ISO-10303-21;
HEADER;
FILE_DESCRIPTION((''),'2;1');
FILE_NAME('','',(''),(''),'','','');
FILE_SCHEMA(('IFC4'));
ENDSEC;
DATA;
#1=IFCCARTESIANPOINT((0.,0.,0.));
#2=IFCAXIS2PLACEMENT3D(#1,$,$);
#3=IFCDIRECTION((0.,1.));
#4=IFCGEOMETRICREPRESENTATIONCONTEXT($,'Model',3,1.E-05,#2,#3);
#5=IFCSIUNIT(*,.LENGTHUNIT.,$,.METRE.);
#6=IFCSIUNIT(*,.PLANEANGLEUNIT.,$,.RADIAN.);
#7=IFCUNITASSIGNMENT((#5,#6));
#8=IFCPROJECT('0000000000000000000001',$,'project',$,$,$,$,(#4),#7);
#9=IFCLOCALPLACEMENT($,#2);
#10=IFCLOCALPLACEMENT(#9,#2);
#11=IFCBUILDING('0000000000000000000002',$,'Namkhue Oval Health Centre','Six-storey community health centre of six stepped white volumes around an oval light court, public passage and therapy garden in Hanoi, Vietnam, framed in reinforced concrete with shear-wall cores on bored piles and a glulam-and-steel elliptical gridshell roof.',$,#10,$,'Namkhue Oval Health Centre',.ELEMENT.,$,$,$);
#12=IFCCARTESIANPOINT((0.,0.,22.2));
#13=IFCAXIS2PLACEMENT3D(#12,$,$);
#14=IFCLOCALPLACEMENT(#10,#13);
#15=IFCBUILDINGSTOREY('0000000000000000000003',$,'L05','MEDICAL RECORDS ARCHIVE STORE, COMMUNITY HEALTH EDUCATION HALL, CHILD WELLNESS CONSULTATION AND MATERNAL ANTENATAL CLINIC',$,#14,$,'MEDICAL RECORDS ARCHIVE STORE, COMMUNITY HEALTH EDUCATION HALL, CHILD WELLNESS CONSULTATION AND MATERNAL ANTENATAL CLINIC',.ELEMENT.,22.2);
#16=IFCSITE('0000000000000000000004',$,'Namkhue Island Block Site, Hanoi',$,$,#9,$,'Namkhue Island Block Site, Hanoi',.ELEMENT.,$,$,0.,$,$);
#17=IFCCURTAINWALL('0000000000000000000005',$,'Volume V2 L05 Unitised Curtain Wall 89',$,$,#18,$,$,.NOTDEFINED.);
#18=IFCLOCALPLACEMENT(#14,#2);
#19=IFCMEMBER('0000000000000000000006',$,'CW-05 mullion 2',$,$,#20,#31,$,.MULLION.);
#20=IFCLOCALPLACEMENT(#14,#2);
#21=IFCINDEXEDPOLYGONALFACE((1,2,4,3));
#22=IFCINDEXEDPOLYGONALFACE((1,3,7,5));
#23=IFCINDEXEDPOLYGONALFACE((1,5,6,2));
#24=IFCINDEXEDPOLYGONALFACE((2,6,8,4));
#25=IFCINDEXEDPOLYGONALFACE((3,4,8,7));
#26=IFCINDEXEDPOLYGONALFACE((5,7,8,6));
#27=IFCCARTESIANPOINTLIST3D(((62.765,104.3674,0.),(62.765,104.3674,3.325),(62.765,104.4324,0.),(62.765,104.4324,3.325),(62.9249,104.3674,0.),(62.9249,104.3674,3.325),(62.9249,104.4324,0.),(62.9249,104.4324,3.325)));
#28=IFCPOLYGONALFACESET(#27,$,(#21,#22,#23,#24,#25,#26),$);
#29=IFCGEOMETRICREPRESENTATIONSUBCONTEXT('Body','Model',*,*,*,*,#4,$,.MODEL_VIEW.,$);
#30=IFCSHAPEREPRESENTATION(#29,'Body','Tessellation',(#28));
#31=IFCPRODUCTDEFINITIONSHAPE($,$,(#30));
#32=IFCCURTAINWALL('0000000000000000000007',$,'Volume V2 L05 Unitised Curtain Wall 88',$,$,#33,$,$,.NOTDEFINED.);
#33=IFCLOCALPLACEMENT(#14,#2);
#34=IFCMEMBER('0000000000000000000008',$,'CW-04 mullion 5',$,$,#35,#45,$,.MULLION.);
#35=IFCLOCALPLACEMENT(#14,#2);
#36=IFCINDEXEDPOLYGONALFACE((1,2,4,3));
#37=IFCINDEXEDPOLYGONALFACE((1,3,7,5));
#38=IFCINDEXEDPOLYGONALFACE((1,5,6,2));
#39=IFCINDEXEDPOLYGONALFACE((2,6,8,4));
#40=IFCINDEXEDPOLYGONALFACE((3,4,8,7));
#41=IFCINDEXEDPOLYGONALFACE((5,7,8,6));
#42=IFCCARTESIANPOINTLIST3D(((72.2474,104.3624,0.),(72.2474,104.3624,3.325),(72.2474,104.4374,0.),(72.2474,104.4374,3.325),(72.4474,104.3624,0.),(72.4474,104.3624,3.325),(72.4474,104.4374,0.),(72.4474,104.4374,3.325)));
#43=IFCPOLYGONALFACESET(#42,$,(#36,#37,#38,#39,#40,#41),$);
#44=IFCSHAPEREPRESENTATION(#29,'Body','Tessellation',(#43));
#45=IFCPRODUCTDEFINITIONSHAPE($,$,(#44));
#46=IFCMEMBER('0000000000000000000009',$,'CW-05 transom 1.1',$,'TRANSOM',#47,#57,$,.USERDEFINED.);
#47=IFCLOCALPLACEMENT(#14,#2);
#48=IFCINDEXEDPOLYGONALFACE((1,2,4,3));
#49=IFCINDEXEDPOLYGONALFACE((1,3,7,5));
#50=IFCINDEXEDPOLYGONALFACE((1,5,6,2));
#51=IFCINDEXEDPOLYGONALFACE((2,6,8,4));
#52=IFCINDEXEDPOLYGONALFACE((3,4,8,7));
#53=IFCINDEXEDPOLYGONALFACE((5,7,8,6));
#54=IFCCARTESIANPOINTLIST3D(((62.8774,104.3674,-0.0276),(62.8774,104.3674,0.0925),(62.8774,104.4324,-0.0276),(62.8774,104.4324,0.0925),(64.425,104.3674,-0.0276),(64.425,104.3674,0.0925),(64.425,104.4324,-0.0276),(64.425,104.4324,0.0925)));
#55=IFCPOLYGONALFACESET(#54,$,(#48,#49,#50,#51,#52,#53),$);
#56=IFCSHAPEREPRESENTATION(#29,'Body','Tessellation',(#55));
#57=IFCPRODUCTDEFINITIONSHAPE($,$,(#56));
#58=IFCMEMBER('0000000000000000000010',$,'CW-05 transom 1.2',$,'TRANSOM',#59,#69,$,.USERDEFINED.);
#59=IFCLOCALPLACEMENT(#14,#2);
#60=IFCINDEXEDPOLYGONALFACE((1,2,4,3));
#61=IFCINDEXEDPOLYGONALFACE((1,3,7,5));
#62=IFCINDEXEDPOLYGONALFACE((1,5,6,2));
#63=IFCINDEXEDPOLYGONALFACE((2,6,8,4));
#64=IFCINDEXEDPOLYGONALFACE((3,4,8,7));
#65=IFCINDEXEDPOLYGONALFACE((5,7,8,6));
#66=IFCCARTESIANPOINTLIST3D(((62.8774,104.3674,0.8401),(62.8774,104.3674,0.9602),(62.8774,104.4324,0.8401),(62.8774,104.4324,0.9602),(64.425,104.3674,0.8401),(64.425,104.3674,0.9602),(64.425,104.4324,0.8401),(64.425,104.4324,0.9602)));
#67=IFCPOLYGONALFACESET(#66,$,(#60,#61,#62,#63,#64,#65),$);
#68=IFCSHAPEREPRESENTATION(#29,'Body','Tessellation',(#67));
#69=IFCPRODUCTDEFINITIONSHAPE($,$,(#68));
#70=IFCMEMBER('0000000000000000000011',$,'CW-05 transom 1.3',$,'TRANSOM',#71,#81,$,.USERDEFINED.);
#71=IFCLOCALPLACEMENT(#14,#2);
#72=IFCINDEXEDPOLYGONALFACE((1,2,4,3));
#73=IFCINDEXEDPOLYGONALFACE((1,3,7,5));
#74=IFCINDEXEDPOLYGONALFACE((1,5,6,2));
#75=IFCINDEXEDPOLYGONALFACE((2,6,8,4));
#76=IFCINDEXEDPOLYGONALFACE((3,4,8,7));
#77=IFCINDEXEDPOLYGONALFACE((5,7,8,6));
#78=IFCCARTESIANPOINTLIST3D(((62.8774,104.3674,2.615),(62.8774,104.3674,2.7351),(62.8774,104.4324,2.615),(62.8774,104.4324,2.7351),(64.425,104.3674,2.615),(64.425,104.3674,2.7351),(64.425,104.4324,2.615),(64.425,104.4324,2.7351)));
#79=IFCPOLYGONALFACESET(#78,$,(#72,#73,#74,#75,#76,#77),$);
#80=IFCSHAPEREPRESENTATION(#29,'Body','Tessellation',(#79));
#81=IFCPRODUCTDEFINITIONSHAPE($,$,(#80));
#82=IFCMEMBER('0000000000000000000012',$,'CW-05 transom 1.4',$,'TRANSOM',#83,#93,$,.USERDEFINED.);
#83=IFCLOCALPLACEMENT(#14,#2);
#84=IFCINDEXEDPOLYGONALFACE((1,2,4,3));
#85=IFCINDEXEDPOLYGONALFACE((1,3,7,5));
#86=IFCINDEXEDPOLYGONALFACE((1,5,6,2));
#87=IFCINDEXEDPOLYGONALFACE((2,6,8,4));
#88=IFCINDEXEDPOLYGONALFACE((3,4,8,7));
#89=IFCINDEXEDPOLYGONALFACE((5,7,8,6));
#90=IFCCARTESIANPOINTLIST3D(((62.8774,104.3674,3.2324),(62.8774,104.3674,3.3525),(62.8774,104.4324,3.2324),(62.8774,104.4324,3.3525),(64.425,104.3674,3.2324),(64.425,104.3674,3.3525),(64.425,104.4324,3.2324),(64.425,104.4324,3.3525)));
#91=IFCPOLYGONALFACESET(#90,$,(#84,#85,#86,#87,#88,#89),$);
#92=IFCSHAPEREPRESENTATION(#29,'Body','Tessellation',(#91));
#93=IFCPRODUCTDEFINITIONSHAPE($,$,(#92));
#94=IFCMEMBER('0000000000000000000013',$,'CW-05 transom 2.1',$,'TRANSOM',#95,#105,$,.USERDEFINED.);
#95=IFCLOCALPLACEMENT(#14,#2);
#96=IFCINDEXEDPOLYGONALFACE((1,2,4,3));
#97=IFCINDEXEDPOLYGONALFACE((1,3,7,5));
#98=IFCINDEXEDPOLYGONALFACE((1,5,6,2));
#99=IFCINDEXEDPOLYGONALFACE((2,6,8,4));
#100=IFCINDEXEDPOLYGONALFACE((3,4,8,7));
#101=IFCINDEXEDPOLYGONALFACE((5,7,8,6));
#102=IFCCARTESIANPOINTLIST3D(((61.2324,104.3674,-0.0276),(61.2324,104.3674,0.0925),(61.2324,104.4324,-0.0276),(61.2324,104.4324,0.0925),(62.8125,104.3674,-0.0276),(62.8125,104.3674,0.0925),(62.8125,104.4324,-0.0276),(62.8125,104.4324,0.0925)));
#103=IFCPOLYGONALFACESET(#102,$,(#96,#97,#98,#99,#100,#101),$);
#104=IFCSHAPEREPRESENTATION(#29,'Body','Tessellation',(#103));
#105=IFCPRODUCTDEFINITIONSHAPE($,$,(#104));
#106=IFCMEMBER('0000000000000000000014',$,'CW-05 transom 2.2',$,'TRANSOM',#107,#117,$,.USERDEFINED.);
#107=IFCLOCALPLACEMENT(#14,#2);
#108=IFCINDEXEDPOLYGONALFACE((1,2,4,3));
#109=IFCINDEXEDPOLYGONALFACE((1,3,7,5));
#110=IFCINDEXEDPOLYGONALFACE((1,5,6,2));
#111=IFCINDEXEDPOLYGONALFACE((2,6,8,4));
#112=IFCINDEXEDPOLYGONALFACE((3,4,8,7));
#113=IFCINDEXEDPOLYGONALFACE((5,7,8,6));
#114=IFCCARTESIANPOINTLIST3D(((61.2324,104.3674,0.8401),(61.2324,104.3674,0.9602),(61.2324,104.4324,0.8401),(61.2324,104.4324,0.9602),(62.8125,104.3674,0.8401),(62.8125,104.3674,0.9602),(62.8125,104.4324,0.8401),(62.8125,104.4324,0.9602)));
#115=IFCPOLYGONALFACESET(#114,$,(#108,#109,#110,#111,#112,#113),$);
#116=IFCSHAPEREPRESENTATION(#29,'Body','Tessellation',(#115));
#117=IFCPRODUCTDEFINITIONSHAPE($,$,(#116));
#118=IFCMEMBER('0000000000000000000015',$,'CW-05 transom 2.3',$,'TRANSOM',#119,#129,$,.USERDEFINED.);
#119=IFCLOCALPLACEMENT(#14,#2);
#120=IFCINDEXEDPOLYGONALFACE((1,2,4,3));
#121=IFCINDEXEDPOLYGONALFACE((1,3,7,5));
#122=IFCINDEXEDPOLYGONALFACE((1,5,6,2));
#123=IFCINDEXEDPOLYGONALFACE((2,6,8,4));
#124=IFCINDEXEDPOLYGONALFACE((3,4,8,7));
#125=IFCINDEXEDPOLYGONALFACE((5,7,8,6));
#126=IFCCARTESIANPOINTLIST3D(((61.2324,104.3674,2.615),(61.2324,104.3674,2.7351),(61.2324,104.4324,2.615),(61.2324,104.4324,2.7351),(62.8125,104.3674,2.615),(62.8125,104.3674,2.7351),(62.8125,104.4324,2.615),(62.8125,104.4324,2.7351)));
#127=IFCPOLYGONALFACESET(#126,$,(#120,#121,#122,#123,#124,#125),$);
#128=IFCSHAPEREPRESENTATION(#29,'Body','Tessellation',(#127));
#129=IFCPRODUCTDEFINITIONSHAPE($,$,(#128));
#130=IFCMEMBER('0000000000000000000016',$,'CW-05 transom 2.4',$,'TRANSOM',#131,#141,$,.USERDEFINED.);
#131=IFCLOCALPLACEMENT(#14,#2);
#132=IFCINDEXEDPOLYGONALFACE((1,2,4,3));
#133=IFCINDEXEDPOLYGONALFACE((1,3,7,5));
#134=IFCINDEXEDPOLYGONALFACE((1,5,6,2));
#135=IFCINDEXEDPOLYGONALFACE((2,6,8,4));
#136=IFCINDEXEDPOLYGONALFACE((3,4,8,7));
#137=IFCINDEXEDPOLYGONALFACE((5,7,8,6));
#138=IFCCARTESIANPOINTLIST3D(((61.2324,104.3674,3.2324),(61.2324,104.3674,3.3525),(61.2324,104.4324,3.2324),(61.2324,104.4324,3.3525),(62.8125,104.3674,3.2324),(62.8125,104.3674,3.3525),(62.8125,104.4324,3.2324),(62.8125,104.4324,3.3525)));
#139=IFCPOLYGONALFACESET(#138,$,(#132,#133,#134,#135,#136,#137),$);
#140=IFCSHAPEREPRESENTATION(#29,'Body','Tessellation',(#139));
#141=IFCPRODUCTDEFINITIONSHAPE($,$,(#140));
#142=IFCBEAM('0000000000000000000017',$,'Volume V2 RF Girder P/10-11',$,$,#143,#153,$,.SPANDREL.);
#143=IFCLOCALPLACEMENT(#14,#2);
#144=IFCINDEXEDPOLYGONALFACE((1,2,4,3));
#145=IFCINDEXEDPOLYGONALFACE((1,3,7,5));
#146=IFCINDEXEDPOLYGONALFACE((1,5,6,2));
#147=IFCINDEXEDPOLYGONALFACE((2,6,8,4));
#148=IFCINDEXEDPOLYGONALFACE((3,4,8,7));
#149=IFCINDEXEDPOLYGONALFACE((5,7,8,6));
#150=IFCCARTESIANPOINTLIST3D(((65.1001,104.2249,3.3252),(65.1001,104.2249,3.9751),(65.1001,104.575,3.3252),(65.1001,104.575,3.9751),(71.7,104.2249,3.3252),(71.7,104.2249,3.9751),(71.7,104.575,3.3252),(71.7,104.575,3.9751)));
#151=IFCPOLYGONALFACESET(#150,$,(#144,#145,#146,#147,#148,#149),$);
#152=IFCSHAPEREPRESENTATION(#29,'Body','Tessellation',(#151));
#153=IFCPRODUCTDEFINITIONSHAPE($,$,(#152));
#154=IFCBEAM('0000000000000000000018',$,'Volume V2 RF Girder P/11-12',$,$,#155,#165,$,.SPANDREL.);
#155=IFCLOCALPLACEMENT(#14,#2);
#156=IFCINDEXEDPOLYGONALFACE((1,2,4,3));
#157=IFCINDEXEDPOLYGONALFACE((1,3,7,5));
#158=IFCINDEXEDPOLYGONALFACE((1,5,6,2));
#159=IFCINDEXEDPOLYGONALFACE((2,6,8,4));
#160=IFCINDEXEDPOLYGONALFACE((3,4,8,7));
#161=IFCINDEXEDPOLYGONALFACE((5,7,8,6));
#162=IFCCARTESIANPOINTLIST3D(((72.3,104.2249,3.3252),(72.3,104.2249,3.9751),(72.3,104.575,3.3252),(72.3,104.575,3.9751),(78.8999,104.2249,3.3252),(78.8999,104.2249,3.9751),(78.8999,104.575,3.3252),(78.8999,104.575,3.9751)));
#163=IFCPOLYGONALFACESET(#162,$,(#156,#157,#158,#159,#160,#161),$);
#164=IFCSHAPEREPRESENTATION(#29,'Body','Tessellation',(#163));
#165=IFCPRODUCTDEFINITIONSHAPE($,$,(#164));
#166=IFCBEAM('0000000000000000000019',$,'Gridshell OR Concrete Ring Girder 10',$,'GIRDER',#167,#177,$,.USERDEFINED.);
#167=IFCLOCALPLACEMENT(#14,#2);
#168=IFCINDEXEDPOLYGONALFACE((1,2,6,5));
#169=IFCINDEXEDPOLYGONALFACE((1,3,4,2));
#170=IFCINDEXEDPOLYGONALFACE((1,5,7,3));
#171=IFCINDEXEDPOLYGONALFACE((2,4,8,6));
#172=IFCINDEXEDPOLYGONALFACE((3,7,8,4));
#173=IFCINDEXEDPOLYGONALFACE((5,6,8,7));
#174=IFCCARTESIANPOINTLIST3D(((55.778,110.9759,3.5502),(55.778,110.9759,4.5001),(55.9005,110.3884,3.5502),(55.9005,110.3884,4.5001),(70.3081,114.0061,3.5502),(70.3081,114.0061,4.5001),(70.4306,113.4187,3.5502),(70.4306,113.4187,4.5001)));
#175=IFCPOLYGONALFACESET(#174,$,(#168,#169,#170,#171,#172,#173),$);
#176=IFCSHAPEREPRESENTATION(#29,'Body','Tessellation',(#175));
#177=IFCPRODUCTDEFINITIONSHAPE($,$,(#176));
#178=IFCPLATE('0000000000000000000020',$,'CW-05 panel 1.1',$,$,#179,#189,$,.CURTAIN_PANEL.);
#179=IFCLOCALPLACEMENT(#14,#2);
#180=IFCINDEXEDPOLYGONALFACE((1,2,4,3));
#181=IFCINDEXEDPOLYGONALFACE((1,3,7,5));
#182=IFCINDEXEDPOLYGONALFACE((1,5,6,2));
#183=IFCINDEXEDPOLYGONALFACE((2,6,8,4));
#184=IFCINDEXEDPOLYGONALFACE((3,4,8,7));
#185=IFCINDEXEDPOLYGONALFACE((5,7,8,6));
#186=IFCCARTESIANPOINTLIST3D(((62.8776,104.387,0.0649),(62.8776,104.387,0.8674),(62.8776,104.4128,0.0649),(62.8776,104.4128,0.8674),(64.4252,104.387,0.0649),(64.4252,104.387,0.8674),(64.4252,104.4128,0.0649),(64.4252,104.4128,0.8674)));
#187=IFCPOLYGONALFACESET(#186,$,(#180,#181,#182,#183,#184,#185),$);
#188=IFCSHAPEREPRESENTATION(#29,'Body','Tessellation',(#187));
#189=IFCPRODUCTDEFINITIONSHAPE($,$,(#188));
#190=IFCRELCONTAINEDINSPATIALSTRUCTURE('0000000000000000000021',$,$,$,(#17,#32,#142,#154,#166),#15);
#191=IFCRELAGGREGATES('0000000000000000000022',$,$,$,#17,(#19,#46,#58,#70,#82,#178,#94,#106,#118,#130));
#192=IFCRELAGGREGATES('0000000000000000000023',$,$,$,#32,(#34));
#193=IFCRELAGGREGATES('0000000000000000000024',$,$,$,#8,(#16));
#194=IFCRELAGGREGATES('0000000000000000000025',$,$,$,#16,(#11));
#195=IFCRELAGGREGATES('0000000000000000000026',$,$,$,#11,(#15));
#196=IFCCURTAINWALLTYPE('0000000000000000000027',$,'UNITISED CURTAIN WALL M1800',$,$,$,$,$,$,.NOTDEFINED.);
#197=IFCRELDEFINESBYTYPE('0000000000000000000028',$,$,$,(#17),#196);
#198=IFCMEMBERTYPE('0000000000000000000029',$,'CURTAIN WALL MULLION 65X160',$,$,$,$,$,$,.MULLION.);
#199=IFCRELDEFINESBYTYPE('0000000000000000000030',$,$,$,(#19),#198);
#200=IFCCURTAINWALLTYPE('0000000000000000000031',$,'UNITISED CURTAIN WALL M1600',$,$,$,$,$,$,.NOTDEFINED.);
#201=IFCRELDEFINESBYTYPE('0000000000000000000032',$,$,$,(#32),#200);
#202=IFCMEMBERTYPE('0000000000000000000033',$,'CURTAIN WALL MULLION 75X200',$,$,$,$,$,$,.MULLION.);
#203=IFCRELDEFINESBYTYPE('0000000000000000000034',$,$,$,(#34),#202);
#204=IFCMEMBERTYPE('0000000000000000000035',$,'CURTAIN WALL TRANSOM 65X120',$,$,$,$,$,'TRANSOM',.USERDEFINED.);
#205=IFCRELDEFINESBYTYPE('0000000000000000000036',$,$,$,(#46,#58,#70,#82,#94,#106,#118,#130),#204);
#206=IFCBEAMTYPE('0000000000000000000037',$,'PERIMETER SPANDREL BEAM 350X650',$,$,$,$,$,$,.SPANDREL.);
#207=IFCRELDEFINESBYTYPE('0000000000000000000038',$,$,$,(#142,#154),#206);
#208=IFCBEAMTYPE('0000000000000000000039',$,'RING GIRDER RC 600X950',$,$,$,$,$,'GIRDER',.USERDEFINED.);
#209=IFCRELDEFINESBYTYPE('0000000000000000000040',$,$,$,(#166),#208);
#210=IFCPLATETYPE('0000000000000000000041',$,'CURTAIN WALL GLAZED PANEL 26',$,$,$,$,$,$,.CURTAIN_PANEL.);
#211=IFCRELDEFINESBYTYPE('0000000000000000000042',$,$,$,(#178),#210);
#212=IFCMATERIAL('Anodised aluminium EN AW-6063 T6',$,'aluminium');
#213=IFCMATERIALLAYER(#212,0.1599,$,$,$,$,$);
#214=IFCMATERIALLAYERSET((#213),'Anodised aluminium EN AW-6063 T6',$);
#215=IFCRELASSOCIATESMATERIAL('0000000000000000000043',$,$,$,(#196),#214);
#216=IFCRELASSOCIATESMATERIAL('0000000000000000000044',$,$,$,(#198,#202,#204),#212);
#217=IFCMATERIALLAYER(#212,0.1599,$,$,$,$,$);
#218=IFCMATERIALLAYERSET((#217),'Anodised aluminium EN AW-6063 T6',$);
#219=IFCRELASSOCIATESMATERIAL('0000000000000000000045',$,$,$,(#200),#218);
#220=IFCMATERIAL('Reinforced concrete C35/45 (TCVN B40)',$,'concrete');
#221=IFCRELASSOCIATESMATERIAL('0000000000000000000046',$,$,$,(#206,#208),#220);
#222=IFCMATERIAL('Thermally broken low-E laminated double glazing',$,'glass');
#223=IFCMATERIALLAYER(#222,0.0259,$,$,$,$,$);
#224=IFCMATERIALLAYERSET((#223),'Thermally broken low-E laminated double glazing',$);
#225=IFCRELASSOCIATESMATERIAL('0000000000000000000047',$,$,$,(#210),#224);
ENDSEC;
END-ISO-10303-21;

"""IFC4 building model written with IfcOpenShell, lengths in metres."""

from ifc_helpers import new_model, si_unit, direction, frame, origin, origin_2d, place, context, subcontext, project, spatial, rectangle, extrude, material, layer, layer_set, material_profile, profile_set, type_object, element, aggregate, save


model = new_model("IFC4")

# Units and contexts
model_context = context("Model", 3, precision=1e-05, world=origin(), true_north=direction((0.0, 1.0)))
body_context = subcontext(model_context, "Body", "Model", "MODEL_VIEW")
ifc_project = project(units=[si_unit("LENGTHUNIT", "METRE"), si_unit("PLANEANGLEUNIT", "RADIAN")], contexts=[model_context])

# Site, building, storey
site_placement = place(None, origin())
site = spatial("IfcSite", under=ifc_project, at=site_placement, Name="Namkhue Island Block Site, Hanoi", LongName="Namkhue Island Block Site, Hanoi", CompositionType="ELEMENT", RefElevation=0.0)
building_placement = place(site_placement, origin())
building = spatial("IfcBuilding", under=site, at=building_placement, Name="Namkhue Oval Health Centre", Description="Six-storey community health centre of six stepped white volumes around an oval light court, public passage and therapy garden in Hanoi, Vietnam, framed in reinforced concrete with shear-wall cores on bored piles and a glulam-and-steel elliptical gridshell roof.", LongName="Namkhue Oval Health Centre", CompositionType="ELEMENT")
storey_placement = place(building_placement, frame((0.0, 0.0, 22.2)))
storey = spatial("IfcBuildingStorey", under=building, at=storey_placement, Name="L05", Description="MEDICAL RECORDS ARCHIVE STORE, COMMUNITY HEALTH EDUCATION HALL, CHILD WELLNESS CONSULTATION AND MATERNAL ANTENATAL CLINIC", LongName="MEDICAL RECORDS ARCHIVE STORE, COMMUNITY HEALTH EDUCATION HALL, CHILD WELLNESS CONSULTATION AND MATERNAL ANTENATAL CLINIC", CompositionType="ELEMENT", Elevation=22.2)

# Shared definitions
ifc_material_1 = material(Name="Reinforced concrete C35/45 (TCVN B40)", Category="concrete")

# Curtain wall, member
ifc_material_2 = material(Name="Anodised aluminium EN AW-6063 T6", Category="aluminium")
ifc_layer_1 = layer(ifc_material_2, 0.1599)
ifc_layer_set_1 = layer_set([ifc_layer_1], Name="Anodised aluminium EN AW-6063 T6")
curtain_wall_type_1 = type_object("IfcCurtainWallType", Name="UNITISED CURTAIN WALL M1800", PredefinedType="NOTDEFINED", material=ifc_layer_set_1)
curtain_wall_1_placement = place(storey_placement, origin())
curtain_wall_1 = element("IfcCurtainWall", 1, at=curtain_wall_1_placement, inside=storey, type_object=curtain_wall_type_1, Name="Volume V2 L05 Unitised Curtain Wall 89", PredefinedType="NOTDEFINED")
ifc_material_profile_1 = material_profile(ifc_material_2, rectangle(XDim=0.0649, YDim=0.1599, at=origin_2d()), Name="ALU 65x160")
ifc_profile_set_1 = profile_set([ifc_material_profile_1], Name="Anodised aluminium EN AW-6063 T6")
member_type_1 = type_object("IfcMemberType", Name="CURTAIN WALL MULLION 65X160", PredefinedType="MULLION", material=ifc_profile_set_1)
member_1_placement = place(storey_placement, frame((62.845, 104.3999, 0.0), z_axis=(0.0, 0.0, 1.0), x_axis=(0.0, -1.0, 0.0)))
member_1 = element("IfcMember", 2, at=member_1_placement, type_object=member_type_1, Name="CW-05 mullion 2", PredefinedType="MULLION", context=body_context, shape_type="SweptSolid", body=[
    extrude(rectangle(XDim=0.0649, YDim=0.1599, at=origin_2d()), origin(), (0.0, 0.0, 1.0), 3.325),
])

# Curtain wall, member
ifc_layer_2 = layer(ifc_material_2, 0.1599)
ifc_layer_set_2 = layer_set([ifc_layer_2], Name="Anodised aluminium EN AW-6063 T6")
curtain_wall_type_2 = type_object("IfcCurtainWallType", Name="UNITISED CURTAIN WALL M1600", PredefinedType="NOTDEFINED", material=ifc_layer_set_2)
curtain_wall_2_placement = place(storey_placement, origin())
curtain_wall_2 = element("IfcCurtainWall", 3, at=curtain_wall_2_placement, inside=storey, type_object=curtain_wall_type_2, Name="Volume V2 L05 Unitised Curtain Wall 88", PredefinedType="NOTDEFINED")
ifc_material_profile_2 = material_profile(ifc_material_2, rectangle(XDim=0.075, YDim=0.2, at=origin_2d()), Name="ALU 75x200")
ifc_profile_set_2 = profile_set([ifc_material_profile_2], Name="Anodised aluminium EN AW-6063 T6")
member_type_2 = type_object("IfcMemberType", Name="CURTAIN WALL MULLION 75X200", PredefinedType="MULLION", material=ifc_profile_set_2)
member_2_placement = place(storey_placement, frame((72.3474, 104.3999, 0.0), z_axis=(0.0, 0.0, 1.0), x_axis=(0.0, -1.0, 0.0)))
member_2 = element("IfcMember", 4, at=member_2_placement, type_object=member_type_2, Name="CW-04 mullion 5", PredefinedType="MULLION", context=body_context, shape_type="SweptSolid", body=[
    extrude(rectangle(XDim=0.075, YDim=0.2, at=origin_2d()), origin(), (0.0, 0.0, 1.0), 3.325),
])

# Members
ifc_material_profile_3 = material_profile(ifc_material_2, rectangle(XDim=0.0649, YDim=0.1201, at=origin_2d()), Name="ALU 65x120")
ifc_profile_set_3 = profile_set([ifc_material_profile_3], Name="Anodised aluminium EN AW-6063 T6")
member_type_3 = type_object("IfcMemberType", Name="CURTAIN WALL TRANSOM 65X120", ElementType="TRANSOM", PredefinedType="USERDEFINED", material=ifc_profile_set_3)
member_3_placement = place(storey_placement, frame((64.425, 104.3999, 0.0325), z_axis=(-1.0, 0.0, 0.0), x_axis=(0.0, -1.0, 0.0)))
member_3 = element("IfcMember", 5, at=member_3_placement, type_object=member_type_3, Name="CW-05 transom 1.1", ObjectType="TRANSOM", PredefinedType="USERDEFINED", context=body_context, shape_type="SweptSolid", body=[
    extrude(rectangle(XDim=0.0649, YDim=0.1201, at=origin_2d()), origin(), (0.0, 0.0, 1.0), 1.5476),
])
member_4_placement = place(storey_placement, frame((64.425, 104.3999, 0.9001), z_axis=(-1.0, 0.0, 0.0), x_axis=(0.0, -1.0, 0.0)))
member_4 = element("IfcMember", 6, at=member_4_placement, type_object=member_type_3, Name="CW-05 transom 1.2", ObjectType="TRANSOM", PredefinedType="USERDEFINED", context=body_context, shape_type="SweptSolid", body=[
    extrude(rectangle(XDim=0.0649, YDim=0.1201, at=origin_2d()), origin(), (0.0, 0.0, 1.0), 1.5476),
])
member_5_placement = place(storey_placement, frame((64.425, 104.3999, 2.675), z_axis=(-1.0, 0.0, 0.0), x_axis=(0.0, -1.0, 0.0)))
member_5 = element("IfcMember", 7, at=member_5_placement, type_object=member_type_3, Name="CW-05 transom 1.3", ObjectType="TRANSOM", PredefinedType="USERDEFINED", context=body_context, shape_type="SweptSolid", body=[
    extrude(rectangle(XDim=0.0649, YDim=0.1201, at=origin_2d()), origin(), (0.0, 0.0, 1.0), 1.5476),
])
member_6_placement = place(storey_placement, frame((64.425, 104.3999, 3.2925), z_axis=(-1.0, 0.0, 0.0), x_axis=(0.0, -1.0, 0.0)))
member_6 = element("IfcMember", 8, at=member_6_placement, type_object=member_type_3, Name="CW-05 transom 1.4", ObjectType="TRANSOM", PredefinedType="USERDEFINED", context=body_context, shape_type="SweptSolid", body=[
    extrude(rectangle(XDim=0.0649, YDim=0.1201, at=origin_2d()), origin(), (0.0, 0.0, 1.0), 1.5476),
])
member_7_placement = place(storey_placement, frame((62.8125, 104.3999, 0.0325), z_axis=(-1.0, 0.0, 0.0), x_axis=(0.0, -1.0, 0.0)))
member_7 = element("IfcMember", 9, at=member_7_placement, type_object=member_type_3, Name="CW-05 transom 2.1", ObjectType="TRANSOM", PredefinedType="USERDEFINED", context=body_context, shape_type="SweptSolid", body=[
    extrude(rectangle(XDim=0.0649, YDim=0.1201, at=origin_2d()), origin(), (0.0, 0.0, 1.0), 1.5801),
])
member_8_placement = place(storey_placement, frame((62.8125, 104.3999, 0.9001), z_axis=(-1.0, 0.0, 0.0), x_axis=(0.0, -1.0, 0.0)))
member_8 = element("IfcMember", 10, at=member_8_placement, type_object=member_type_3, Name="CW-05 transom 2.2", ObjectType="TRANSOM", PredefinedType="USERDEFINED", context=body_context, shape_type="SweptSolid", body=[
    extrude(rectangle(XDim=0.0649, YDim=0.1201, at=origin_2d()), origin(), (0.0, 0.0, 1.0), 1.5801),
])
member_9_placement = place(storey_placement, frame((62.8125, 104.3999, 2.675), z_axis=(-1.0, 0.0, 0.0), x_axis=(0.0, -1.0, 0.0)))
member_9 = element("IfcMember", 11, at=member_9_placement, type_object=member_type_3, Name="CW-05 transom 2.3", ObjectType="TRANSOM", PredefinedType="USERDEFINED", context=body_context, shape_type="SweptSolid", body=[
    extrude(rectangle(XDim=0.0649, YDim=0.1201, at=origin_2d()), origin(), (0.0, 0.0, 1.0), 1.5801),
])
member_10_placement = place(storey_placement, frame((62.8125, 104.3999, 3.2925), z_axis=(-1.0, 0.0, 0.0), x_axis=(0.0, -1.0, 0.0)))
member_10 = element("IfcMember", 12, at=member_10_placement, type_object=member_type_3, Name="CW-05 transom 2.4", ObjectType="TRANSOM", PredefinedType="USERDEFINED", context=body_context, shape_type="SweptSolid", body=[
    extrude(rectangle(XDim=0.0649, YDim=0.1201, at=origin_2d()), origin(), (0.0, 0.0, 1.0), 1.5801),
])

# Beams
ifc_material_profile_4 = material_profile(ifc_material_1, rectangle(XDim=0.3501, YDim=0.6499, at=origin_2d()), Name="RC 350x650")
ifc_profile_set_4 = profile_set([ifc_material_profile_4], Name="Reinforced concrete C35/45 (TCVN B40)")
beam_type_1 = type_object("IfcBeamType", Name="PERIMETER SPANDREL BEAM 350X650", PredefinedType="SPANDREL", material=ifc_profile_set_4)
for number, where, z_axis, x_axis, name in (
    (13, (65.1001, 104.3999, 3.6501), (1.0, 0.0, 0.0), (0.0, 1.0, 0.0), "Volume V2 RF Girder P/10-11"),
    (14, (72.3, 104.3999, 3.6501), (1.0, 0.0, 0.0), (0.0, 1.0, 0.0), "Volume V2 RF Girder P/11-12"),
):
    element("IfcBeam", number, at=place(storey_placement, frame(where, z_axis=z_axis, x_axis=x_axis)), inside=storey, type_object=beam_type_1, Name=name, PredefinedType="SPANDREL", context=body_context, shape_type="SweptSolid", body=[
        extrude(rectangle(XDim=0.3501, YDim=0.6499, at=origin_2d()), origin(), (0.0, 0.0, 1.0), 6.5999),
    ])
ifc_material_profile_5 = material_profile(ifc_material_1, rectangle(XDim=0.6001, YDim=0.95, at=origin_2d()), Name="RC 600x950")
ifc_profile_set_5 = profile_set([ifc_material_profile_5], Name="Reinforced concrete C35/45 (TCVN B40)")
beam_type_2 = type_object("IfcBeamType", Name="RING GIRDER RC 600X950", ElementType="GIRDER", PredefinedType="USERDEFINED", material=ifc_profile_set_5)
beam_placement = place(storey_placement, frame((70.3694, 113.7124, 4.0251), z_axis=(-0.978938, -0.204157, 0.0), x_axis=(0.204157, -0.978938, 0.0)))
element("IfcBeam", 15, at=beam_placement, inside=storey, type_object=beam_type_2, Name="Gridshell OR Concrete Ring Girder 10", ObjectType="GIRDER", PredefinedType="USERDEFINED", context=body_context, shape_type="SweptSolid", body=[
    extrude(rectangle(XDim=0.6001, YDim=0.95, at=origin_2d()), origin(), (0.0, 0.0, 1.0), 14.8428),
])

# Plate
ifc_material_3 = material(Name="Thermally broken low-E laminated double glazing", Category="glass")
ifc_layer_3 = layer(ifc_material_3, 0.0259)
ifc_layer_set_3 = layer_set([ifc_layer_3], Name="Thermally broken low-E laminated double glazing")
plate_type_1 = type_object("IfcPlateType", Name="CURTAIN WALL GLAZED PANEL 26", PredefinedType="CURTAIN_PANEL", material=ifc_layer_set_3)
plate_1_placement = place(storey_placement, frame((63.6514, 104.3999, 0.0649), z_axis=(0.0, 0.0, 1.0), x_axis=(-1.0, 0.0, 0.0)))
plate_1 = element("IfcPlate", 16, at=plate_1_placement, type_object=plate_type_1, Name="CW-05 panel 1.1", PredefinedType="CURTAIN_PANEL", context=body_context, shape_type="SweptSolid", body=[
    extrude(rectangle(XDim=1.5476, YDim=0.0259, at=origin_2d()), origin(), (0.0, 0.0, 1.0), 0.8025),
])
aggregate(curtain_wall_1, [member_1, member_3, member_4, member_5, member_6, plate_1, member_7, member_8, member_9, member_10])
aggregate(curtain_wall_2, [member_2])

save(model, "model.ifc")
